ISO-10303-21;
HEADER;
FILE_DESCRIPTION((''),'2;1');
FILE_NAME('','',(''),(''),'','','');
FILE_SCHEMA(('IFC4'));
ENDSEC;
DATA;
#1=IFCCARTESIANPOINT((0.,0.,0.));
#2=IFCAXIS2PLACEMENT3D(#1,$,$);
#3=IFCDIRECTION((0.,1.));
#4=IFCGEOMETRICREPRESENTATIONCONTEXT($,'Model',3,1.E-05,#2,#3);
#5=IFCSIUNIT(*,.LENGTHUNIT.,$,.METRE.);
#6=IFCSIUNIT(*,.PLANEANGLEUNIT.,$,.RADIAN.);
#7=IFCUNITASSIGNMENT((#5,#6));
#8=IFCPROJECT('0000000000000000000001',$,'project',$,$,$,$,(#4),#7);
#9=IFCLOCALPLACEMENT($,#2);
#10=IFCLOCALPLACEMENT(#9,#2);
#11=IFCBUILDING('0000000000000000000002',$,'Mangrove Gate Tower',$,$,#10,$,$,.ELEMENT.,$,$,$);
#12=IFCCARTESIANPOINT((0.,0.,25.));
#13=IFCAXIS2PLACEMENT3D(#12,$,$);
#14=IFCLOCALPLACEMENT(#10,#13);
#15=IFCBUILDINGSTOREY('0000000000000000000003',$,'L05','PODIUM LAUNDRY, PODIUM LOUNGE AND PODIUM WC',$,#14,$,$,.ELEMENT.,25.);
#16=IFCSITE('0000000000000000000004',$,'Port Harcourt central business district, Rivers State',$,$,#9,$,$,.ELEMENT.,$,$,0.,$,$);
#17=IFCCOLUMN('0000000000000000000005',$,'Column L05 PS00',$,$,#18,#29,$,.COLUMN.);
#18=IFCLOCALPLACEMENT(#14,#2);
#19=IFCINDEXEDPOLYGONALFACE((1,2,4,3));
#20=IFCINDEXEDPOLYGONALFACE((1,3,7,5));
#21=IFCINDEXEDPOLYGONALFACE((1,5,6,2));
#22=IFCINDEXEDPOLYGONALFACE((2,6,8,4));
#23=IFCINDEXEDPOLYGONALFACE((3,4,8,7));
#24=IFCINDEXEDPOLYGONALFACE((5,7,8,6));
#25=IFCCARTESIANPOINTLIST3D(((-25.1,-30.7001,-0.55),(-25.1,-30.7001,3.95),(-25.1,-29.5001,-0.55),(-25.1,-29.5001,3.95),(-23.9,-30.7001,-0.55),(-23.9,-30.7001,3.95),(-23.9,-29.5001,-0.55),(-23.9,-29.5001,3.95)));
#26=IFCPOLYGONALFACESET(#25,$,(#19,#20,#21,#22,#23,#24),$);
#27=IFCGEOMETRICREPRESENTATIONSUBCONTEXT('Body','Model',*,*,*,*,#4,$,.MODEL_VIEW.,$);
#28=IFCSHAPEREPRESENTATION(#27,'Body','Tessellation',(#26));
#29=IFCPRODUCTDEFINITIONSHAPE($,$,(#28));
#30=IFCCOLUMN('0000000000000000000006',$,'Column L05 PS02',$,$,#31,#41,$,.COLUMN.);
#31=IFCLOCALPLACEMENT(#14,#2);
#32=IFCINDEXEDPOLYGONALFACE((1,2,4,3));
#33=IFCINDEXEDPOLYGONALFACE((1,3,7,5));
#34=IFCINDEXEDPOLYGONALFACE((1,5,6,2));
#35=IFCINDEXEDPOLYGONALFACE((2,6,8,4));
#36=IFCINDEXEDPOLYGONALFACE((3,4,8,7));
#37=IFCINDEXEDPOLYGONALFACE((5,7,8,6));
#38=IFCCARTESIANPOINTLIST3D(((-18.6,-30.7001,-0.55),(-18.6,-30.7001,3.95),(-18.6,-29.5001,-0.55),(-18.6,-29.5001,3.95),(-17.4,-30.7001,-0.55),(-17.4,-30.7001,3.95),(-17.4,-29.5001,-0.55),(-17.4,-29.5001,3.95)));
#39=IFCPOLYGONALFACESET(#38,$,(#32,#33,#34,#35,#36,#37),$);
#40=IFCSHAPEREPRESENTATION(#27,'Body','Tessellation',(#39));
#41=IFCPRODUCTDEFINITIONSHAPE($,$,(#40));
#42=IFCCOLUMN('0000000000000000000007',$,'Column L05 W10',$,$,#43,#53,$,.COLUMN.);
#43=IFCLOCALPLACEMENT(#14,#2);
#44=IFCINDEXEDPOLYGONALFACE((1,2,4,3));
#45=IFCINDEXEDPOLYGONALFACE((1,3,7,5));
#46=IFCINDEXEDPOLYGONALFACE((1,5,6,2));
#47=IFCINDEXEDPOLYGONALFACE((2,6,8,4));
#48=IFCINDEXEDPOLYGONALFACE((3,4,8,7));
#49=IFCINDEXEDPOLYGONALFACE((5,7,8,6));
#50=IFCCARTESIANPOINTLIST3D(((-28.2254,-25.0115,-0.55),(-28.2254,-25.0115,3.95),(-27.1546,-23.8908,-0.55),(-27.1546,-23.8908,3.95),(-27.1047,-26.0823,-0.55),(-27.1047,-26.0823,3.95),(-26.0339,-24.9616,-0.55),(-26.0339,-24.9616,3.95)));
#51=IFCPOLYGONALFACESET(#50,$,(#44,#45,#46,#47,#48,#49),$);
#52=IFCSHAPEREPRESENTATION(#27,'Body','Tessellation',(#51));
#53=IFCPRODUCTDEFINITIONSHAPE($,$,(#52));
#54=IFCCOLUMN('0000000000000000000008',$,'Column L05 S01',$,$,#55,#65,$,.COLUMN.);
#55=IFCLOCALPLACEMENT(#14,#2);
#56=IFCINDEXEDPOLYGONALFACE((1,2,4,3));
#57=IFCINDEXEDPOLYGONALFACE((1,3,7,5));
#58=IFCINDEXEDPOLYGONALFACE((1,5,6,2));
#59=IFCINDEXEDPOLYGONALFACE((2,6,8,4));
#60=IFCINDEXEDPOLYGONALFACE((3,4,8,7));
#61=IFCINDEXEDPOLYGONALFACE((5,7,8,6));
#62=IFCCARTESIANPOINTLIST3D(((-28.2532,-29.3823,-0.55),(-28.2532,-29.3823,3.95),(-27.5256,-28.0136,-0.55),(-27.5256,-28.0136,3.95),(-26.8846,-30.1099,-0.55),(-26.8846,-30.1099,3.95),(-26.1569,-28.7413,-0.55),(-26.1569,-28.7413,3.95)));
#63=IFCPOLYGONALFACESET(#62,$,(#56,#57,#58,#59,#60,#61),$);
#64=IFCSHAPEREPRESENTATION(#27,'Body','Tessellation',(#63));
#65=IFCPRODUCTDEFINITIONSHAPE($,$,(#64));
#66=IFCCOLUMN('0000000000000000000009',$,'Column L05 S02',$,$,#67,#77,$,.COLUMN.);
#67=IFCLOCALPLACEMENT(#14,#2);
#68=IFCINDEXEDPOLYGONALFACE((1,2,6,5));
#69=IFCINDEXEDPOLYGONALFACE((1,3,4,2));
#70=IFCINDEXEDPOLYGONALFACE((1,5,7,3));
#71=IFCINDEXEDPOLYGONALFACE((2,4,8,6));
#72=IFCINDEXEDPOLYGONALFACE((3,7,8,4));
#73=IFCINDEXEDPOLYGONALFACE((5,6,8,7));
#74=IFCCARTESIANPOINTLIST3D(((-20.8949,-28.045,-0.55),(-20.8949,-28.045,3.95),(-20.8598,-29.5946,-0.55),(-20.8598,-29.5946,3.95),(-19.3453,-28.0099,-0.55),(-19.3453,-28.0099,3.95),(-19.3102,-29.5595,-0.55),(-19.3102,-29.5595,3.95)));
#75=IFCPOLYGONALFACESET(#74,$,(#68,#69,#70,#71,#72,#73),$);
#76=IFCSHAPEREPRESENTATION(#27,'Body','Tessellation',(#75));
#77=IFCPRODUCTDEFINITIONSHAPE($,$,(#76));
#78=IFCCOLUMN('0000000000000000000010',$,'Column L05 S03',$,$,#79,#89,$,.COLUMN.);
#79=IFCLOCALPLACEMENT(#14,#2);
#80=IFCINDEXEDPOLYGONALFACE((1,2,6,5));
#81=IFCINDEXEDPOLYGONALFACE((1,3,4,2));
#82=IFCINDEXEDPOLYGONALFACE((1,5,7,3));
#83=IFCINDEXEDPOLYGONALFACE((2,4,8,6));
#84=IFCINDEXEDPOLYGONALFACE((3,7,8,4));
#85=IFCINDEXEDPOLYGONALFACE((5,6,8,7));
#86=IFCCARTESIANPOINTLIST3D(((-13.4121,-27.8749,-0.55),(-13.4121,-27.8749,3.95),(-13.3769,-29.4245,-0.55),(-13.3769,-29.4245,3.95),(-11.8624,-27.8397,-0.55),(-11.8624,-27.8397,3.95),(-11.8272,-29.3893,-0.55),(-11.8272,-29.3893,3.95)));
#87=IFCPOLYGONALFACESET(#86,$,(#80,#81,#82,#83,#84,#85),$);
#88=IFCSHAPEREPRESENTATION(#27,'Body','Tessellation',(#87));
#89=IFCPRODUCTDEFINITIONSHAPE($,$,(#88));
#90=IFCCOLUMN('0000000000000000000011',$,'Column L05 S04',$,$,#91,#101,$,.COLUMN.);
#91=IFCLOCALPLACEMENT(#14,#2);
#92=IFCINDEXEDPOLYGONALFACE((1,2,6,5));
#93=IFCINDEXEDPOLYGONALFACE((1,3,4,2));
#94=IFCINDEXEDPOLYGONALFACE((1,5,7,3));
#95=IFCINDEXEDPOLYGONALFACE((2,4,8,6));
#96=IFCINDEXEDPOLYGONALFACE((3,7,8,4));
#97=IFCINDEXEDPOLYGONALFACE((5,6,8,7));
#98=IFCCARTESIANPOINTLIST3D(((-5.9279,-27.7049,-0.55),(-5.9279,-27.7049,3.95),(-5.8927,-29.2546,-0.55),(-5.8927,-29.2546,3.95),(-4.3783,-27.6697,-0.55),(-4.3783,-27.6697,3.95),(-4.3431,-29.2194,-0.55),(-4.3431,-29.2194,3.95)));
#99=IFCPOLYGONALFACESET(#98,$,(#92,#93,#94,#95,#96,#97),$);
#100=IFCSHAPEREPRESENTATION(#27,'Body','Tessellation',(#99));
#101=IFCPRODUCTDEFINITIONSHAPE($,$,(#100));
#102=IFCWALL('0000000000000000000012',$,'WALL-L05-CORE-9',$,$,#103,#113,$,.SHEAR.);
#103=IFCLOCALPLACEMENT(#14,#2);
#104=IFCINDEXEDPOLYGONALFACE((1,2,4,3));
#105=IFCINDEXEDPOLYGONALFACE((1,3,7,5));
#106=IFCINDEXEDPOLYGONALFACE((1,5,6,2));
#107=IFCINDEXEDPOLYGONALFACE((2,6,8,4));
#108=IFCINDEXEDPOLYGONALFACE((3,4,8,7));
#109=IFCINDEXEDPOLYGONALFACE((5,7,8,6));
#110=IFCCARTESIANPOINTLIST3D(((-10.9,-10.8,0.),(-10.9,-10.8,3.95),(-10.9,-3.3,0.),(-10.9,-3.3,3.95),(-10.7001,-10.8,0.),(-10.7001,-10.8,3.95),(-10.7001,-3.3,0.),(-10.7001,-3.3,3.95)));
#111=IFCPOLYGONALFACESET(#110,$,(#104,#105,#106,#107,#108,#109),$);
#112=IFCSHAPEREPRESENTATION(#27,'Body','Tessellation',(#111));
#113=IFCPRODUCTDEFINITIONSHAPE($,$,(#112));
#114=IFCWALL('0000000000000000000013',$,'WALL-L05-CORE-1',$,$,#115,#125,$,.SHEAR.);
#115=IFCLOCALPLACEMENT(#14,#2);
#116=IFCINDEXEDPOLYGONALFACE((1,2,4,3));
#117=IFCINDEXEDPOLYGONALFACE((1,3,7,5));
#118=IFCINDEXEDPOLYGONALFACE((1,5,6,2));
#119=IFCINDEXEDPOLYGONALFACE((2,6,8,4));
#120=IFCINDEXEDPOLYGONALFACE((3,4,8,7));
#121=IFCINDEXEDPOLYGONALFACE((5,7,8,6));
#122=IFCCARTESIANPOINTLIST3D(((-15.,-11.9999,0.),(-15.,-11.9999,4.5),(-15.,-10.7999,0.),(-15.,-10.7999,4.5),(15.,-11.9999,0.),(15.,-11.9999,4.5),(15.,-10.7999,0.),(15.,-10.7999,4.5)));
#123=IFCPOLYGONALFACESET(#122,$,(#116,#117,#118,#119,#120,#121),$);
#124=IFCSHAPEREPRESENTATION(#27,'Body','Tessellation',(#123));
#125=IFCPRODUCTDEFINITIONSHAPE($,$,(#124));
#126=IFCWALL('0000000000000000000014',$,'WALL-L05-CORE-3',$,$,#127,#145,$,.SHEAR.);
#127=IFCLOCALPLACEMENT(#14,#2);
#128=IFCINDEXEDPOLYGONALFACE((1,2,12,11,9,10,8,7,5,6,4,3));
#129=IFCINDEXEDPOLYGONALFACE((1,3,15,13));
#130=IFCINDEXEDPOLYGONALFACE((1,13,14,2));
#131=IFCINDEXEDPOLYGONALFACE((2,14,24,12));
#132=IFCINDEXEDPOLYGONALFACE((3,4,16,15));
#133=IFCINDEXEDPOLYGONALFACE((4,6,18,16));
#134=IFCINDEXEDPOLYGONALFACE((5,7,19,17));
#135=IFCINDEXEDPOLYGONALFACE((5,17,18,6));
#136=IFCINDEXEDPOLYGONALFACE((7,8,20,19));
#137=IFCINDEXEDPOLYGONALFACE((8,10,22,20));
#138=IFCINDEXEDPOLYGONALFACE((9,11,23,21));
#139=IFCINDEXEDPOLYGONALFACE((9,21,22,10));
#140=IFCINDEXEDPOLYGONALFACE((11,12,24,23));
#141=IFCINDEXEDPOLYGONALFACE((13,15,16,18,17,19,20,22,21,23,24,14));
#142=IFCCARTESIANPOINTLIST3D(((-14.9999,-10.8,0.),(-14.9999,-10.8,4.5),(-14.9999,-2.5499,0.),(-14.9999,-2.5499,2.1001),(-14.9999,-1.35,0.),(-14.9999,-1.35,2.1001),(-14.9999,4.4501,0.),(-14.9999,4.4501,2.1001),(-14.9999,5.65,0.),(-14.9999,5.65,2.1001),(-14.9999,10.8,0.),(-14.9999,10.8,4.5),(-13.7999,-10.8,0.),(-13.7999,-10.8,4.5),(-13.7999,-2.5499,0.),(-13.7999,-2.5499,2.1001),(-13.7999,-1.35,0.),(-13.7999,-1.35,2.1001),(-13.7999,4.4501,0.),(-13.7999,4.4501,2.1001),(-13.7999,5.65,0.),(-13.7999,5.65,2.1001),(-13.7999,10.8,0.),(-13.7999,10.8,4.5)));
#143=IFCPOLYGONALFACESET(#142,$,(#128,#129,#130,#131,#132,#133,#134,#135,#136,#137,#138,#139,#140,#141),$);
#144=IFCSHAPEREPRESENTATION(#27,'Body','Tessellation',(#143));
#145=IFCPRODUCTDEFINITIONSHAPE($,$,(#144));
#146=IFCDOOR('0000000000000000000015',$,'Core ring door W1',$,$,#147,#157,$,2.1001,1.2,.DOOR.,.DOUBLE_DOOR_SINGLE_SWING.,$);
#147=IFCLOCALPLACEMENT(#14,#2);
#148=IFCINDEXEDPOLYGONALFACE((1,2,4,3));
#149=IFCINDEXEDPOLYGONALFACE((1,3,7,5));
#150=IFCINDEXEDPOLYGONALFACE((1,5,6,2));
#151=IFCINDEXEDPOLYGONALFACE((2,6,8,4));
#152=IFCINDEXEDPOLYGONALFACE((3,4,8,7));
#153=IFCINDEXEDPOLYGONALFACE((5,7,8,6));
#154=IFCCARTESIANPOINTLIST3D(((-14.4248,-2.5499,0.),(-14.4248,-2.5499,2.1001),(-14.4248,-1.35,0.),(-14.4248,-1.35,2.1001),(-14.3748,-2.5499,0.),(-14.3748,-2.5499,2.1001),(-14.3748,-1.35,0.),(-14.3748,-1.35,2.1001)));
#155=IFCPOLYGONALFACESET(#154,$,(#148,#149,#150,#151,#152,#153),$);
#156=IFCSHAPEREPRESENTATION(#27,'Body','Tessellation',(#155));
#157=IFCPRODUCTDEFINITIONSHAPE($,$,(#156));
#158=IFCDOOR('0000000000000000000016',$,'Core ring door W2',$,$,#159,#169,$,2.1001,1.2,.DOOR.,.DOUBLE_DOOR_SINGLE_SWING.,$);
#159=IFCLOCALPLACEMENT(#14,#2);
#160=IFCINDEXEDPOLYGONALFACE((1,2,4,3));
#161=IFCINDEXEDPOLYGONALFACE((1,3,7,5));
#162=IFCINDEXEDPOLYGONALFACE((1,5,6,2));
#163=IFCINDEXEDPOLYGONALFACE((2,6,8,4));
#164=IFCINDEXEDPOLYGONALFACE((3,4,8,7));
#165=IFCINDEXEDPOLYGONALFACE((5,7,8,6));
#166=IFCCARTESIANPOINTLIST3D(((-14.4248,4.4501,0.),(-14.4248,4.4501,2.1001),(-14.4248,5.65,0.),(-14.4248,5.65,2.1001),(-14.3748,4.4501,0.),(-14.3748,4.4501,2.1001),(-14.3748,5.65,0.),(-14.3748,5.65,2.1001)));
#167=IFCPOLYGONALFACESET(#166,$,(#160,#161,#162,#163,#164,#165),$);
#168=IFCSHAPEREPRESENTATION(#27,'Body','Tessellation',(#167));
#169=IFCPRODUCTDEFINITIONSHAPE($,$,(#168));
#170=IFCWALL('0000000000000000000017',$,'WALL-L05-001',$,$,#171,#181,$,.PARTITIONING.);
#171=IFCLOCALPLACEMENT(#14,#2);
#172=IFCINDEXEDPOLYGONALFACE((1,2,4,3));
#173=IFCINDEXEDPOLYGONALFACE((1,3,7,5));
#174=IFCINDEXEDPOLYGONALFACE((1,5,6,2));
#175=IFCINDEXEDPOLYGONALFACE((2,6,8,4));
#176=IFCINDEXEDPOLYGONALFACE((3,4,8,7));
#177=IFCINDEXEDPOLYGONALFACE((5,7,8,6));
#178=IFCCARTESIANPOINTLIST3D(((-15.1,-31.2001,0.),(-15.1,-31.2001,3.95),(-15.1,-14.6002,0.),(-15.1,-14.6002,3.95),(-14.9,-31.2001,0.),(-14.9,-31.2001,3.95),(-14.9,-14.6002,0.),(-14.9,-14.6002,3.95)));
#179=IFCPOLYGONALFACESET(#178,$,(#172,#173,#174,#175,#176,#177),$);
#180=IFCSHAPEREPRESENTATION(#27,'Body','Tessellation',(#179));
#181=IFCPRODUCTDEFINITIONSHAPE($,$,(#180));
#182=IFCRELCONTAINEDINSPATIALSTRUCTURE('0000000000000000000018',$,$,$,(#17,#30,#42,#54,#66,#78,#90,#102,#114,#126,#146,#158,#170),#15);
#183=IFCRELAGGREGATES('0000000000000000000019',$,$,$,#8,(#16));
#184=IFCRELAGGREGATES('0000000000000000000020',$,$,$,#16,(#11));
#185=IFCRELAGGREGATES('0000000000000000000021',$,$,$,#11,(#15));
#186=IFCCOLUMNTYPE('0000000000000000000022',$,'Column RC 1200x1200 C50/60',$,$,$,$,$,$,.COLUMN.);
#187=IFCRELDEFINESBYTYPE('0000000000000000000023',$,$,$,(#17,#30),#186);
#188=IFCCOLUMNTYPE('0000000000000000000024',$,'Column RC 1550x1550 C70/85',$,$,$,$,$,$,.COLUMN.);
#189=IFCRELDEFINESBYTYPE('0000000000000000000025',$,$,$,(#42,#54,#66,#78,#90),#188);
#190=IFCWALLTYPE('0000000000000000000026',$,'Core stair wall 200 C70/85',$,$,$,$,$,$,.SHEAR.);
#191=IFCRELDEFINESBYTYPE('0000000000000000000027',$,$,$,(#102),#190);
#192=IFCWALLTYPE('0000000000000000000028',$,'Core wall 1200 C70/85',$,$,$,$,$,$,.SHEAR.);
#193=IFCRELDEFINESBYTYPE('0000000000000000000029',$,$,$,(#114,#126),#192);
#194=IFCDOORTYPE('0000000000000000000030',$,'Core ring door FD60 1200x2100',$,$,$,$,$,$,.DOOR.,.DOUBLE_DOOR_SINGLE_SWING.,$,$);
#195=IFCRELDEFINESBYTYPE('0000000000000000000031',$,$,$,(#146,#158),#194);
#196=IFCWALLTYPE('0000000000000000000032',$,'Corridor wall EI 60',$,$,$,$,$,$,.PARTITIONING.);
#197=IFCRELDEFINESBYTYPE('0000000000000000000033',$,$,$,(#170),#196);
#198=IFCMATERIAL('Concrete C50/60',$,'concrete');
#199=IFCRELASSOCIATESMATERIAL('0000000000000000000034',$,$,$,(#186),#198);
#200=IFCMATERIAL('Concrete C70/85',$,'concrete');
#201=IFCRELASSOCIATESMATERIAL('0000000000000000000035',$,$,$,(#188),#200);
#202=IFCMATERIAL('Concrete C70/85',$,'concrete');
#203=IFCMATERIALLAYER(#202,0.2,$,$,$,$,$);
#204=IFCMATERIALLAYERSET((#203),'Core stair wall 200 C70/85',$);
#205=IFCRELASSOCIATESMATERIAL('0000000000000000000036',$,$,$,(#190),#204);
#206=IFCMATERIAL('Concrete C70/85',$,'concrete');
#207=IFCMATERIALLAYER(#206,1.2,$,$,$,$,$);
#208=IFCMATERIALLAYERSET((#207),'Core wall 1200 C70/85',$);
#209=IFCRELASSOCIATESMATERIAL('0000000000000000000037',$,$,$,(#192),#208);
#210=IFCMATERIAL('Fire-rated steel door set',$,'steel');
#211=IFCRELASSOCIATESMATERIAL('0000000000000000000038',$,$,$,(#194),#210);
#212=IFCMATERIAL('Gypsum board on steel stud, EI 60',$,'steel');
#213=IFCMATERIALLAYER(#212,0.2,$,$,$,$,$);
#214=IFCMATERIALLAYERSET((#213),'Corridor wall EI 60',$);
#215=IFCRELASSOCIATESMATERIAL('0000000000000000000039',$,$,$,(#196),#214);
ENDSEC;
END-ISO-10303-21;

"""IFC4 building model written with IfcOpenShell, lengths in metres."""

from ifc_helpers import new_model, si_unit, direction, frame, frame_2d, origin, origin_2d, place, context, subcontext, project, spatial, rectangle, extrude, material, layer, layer_set, material_profile, profile_set, type_object, element, fill, save


model = new_model("IFC4")

# Units and contexts
model_context = context("Model", 3, precision=1e-05, world=origin(), true_north=direction((0.0, 1.0)))
body_context = subcontext(model_context, "Body", "Model", "MODEL_VIEW")
ifc_project = project(units=[si_unit("LENGTHUNIT", "METRE"), si_unit("PLANEANGLEUNIT", "RADIAN")], contexts=[model_context])

# Site, building, storey
site_placement = place(None, origin())
site = spatial("IfcSite", under=ifc_project, at=site_placement, Name="Port Harcourt central business district, Rivers State", CompositionType="ELEMENT", RefElevation=0.0)
building_placement = place(site_placement, origin())
building = spatial("IfcBuilding", under=site, at=building_placement, Name="Mangrove Gate Tower", CompositionType="ELEMENT")
storey_placement = place(building_placement, frame((0.0, 0.0, 25.0)))
storey = spatial("IfcBuildingStorey", under=building, at=storey_placement, Name="L05", Description="PODIUM LAUNDRY, PODIUM LOUNGE AND PODIUM WC", CompositionType="ELEMENT", Elevation=25.0)

# Columns
ifc_material_1 = material(Name="Concrete C50/60", Category="concrete")
ifc_material_profile_1 = material_profile(ifc_material_1, rectangle(XDim=1.2, YDim=1.2, at=origin_2d()))
ifc_profile_set_1 = profile_set([ifc_material_profile_1], Name="Concrete C50/60")
column_type_1 = type_object("IfcColumnType", Name="Column RC 1200x1200 C50/60", PredefinedType="COLUMN", material=ifc_profile_set_1)
for number, where, z_axis, x_axis, name in (
    (1, (-24.5, -30.1001, -0.55), (0.0, 0.0, 1.0), (1.0, 0.0, 0.0), "Column L05 PS00"),
    (2, (-18.0, -30.1001, -0.55), (0.0, 0.0, 1.0), (1.0, 0.0, 0.0), "Column L05 PS02"),
):
    element("IfcColumn", number, at=place(storey_placement, frame(where, z_axis=z_axis, x_axis=x_axis)), inside=storey, type_object=column_type_1, Name=name, PredefinedType="COLUMN", context=body_context, shape_type="SweptSolid", body=[
        extrude(rectangle(XDim=1.2, YDim=1.2, at=origin_2d()), origin(), (0.0, 0.0, 1.0), 4.5),
    ])
ifc_material_2 = material(Name="Concrete C70/85", Category="concrete")
ifc_material_profile_2 = material_profile(ifc_material_2, rectangle(XDim=1.55, YDim=1.55, at=origin_2d()))
ifc_profile_set_2 = profile_set([ifc_material_profile_2], Name="Concrete C70/85")
column_type_2 = type_object("IfcColumnType", Name="Column RC 1550x1550 C70/85", PredefinedType="COLUMN", material=ifc_profile_set_2)
for number, where, z_axis, x_axis, name in (
    (3, (-27.1296, -24.9866, -0.55), (0.0, 0.0, 1.0), (0.723004, -0.690844, 0.0), "Column L05 W10"),
    (4, (-27.2051, -29.0618, -0.55), (0.0, 0.0, 1.0), (0.882965, -0.469439, 0.0), "Column L05 S01"),
    (5, (-20.1025, -28.8022, -0.55), (0.0, 0.0, 1.0), (0.999744, 0.022644, 0.0), "Column L05 S02"),
    (6, (-12.6196, -28.6321, -0.55), (0.0, 0.0, 1.0), (0.999742, 0.022711, 0.0), "Column L05 S03"),
    (7, (-5.1355, -28.4622, -0.55), (0.0, 0.0, 1.0), (0.999742, 0.022709, 0.0), "Column L05 S04"),
):
    element("IfcColumn", number, at=place(storey_placement, frame(where, z_axis=z_axis, x_axis=x_axis)), inside=storey, type_object=column_type_2, Name=name, PredefinedType="COLUMN", context=body_context, shape_type="SweptSolid", body=[
        extrude(rectangle(XDim=1.55, YDim=1.55, at=origin_2d()), origin(), (0.0, 0.0, 1.0), 4.5),
    ])

# Walls
ifc_material_3 = material(Name="Concrete C70/85", Category="concrete")
ifc_layer_1 = layer(ifc_material_3, 0.2)
ifc_layer_set_1 = layer_set([ifc_layer_1], Name="Core stair wall 200 C70/85")
wall_type_1 = type_object("IfcWallType", Name="Core stair wall 200 C70/85", PredefinedType="SHEAR", material=ifc_layer_set_1)
wall_1_placement = place(storey_placement, frame((-10.8, -10.8, 0.0), z_axis=(0.0, 0.0, 1.0), x_axis=(0.0, 1.0, 0.0)))
element("IfcWall", 8, at=wall_1_placement, inside=storey, type_object=wall_type_1, Name="WALL-L05-CORE-9", PredefinedType="SHEAR", context=body_context, shape_type="SweptSolid", body=[
    extrude(rectangle(XDim=7.5, YDim=0.2, at=frame_2d((3.75, 0.0))), origin(), (0.0, 0.0, 1.0), 3.95),
])
ifc_material_4 = material(Name="Concrete C70/85", Category="concrete")
ifc_layer_2 = layer(ifc_material_4, 1.2)
ifc_layer_set_2 = layer_set([ifc_layer_2], Name="Core wall 1200 C70/85")
wall_type_2 = type_object("IfcWallType", Name="Core wall 1200 C70/85", PredefinedType="SHEAR", material=ifc_layer_set_2)
wall_2_placement = place(storey_placement, frame((-15.0, -11.3999, 0.0), z_axis=(0.0, 0.0, 1.0), x_axis=(1.0, 0.0, 0.0)))
element("IfcWall", 9, at=wall_2_placement, inside=storey, type_object=wall_type_2, Name="WALL-L05-CORE-1", PredefinedType="SHEAR", context=body_context, shape_type="SweptSolid", body=[
    extrude(rectangle(XDim=30.0, YDim=1.2, at=frame_2d((15.0, 0.0))), origin(), (0.0, 0.0, 1.0), 4.5),
])

# Wall, openings, doors
wall_3_placement = place(storey_placement, frame((-14.3999, -10.8, 0.0), z_axis=(0.0, 0.0, 1.0), x_axis=(0.0, 1.0, 0.0)))
wall_3 = element("IfcWall", 10, at=wall_3_placement, inside=storey, type_object=wall_type_2, Name="WALL-L05-CORE-3", PredefinedType="SHEAR", context=body_context, shape_type="SweptSolid", body=[
    extrude(rectangle(XDim=21.6001, YDim=1.2, at=frame_2d((10.8, 0.0))), origin(), (0.0, 0.0, 1.0), 4.5),
])
opening_1_placement = place(wall_3_placement, frame((8.25, 0.0, 0.0)))
opening_1 = element("IfcOpeningElement", 11, at=opening_1_placement, cuts=wall_3, PredefinedType="OPENING", context=body_context, shape_type="SweptSolid", body=[
    extrude(rectangle(XDim=1.2, YDim=2.1001, at=frame_2d((0.6001, 1.05))), frame((0.0, 0.6099, 0.0), z_axis=(0.0, -1.0, 0.0), x_axis=(1.0, 0.0, 0.0)), (0.0, 0.0, 1.0), 1.22),
])
opening_2_placement = place(wall_3_placement, frame((15.25, 0.0, 0.0)))
opening_2 = element("IfcOpeningElement", 12, at=opening_2_placement, cuts=wall_3, PredefinedType="OPENING", context=body_context, shape_type="SweptSolid", body=[
    extrude(rectangle(XDim=1.2, YDim=2.1001, at=frame_2d((0.6001, 1.05))), frame((0.0, 0.6099, 0.0), z_axis=(0.0, -1.0, 0.0), x_axis=(1.0, 0.0, 0.0)), (0.0, 0.0, 1.0), 1.22),
])
ifc_material_5 = material(Name="Fire-rated steel door set", Category="steel")
door_type_1 = type_object("IfcDoorType", Name="Core ring door FD60 1200x2100", OperationType="DOUBLE_DOOR_SINGLE_SWING", PredefinedType="DOOR", material=ifc_material_5)
door_1_placement = place(opening_1_placement, origin())
door_1 = element("IfcDoor", 13, at=door_1_placement, inside=storey, type_object=door_type_1, Name="Core ring door W1", OperationType="DOUBLE_DOOR_SINGLE_SWING", OverallHeight=2.1001, OverallWidth=1.2, PredefinedType="DOOR", context=body_context, shape_type="SweptSolid", body=[
    extrude(rectangle(XDim=1.2, YDim=2.1001, at=frame_2d((0.6001, 1.05))), frame((0.0, 0.0249, 0.0), z_axis=(0.0, -1.0, 0.0), x_axis=(1.0, 0.0, 0.0)), (0.0, 0.0, 1.0), 0.05),
])
fill(opening_1, door_1)
door_2_placement = place(opening_2_placement, origin())
door_2 = element("IfcDoor", 14, at=door_2_placement, inside=storey, type_object=door_type_1, Name="Core ring door W2", OperationType="DOUBLE_DOOR_SINGLE_SWING", OverallHeight=2.1001, OverallWidth=1.2, PredefinedType="DOOR", context=body_context, shape_type="SweptSolid", body=[
    extrude(rectangle(XDim=1.2, YDim=2.1001, at=frame_2d((0.6001, 1.05))), frame((0.0, 0.0249, 0.0), z_axis=(0.0, -1.0, 0.0), x_axis=(1.0, 0.0, 0.0)), (0.0, 0.0, 1.0), 0.05),
])
fill(opening_2, door_2)

# Wall
ifc_material_6 = material(Name="Gypsum board on steel stud, EI 60", Category="steel")
ifc_layer_3 = layer(ifc_material_6, 0.2)
ifc_layer_set_3 = layer_set([ifc_layer_3], Name="Corridor wall EI 60")
wall_type_3 = type_object("IfcWallType", Name="Corridor wall EI 60", PredefinedType="PARTITIONING", material=ifc_layer_set_3)
wall_4_placement = place(storey_placement, frame((-15.0, -31.2, 0.0), z_axis=(0.0, 0.0, 1.0), x_axis=(0.0, 1.0, 0.0)))
element("IfcWall", 15, at=wall_4_placement, inside=storey, type_object=wall_type_3, Name="WALL-L05-001", PredefinedType="PARTITIONING", context=body_context, shape_type="SweptSolid", body=[
    extrude(rectangle(XDim=16.5999, YDim=0.2, at=frame_2d((8.2998, 0.0))), origin(), (0.0, 0.0, 1.0), 3.95),
])

save(model, "model.ifc")
